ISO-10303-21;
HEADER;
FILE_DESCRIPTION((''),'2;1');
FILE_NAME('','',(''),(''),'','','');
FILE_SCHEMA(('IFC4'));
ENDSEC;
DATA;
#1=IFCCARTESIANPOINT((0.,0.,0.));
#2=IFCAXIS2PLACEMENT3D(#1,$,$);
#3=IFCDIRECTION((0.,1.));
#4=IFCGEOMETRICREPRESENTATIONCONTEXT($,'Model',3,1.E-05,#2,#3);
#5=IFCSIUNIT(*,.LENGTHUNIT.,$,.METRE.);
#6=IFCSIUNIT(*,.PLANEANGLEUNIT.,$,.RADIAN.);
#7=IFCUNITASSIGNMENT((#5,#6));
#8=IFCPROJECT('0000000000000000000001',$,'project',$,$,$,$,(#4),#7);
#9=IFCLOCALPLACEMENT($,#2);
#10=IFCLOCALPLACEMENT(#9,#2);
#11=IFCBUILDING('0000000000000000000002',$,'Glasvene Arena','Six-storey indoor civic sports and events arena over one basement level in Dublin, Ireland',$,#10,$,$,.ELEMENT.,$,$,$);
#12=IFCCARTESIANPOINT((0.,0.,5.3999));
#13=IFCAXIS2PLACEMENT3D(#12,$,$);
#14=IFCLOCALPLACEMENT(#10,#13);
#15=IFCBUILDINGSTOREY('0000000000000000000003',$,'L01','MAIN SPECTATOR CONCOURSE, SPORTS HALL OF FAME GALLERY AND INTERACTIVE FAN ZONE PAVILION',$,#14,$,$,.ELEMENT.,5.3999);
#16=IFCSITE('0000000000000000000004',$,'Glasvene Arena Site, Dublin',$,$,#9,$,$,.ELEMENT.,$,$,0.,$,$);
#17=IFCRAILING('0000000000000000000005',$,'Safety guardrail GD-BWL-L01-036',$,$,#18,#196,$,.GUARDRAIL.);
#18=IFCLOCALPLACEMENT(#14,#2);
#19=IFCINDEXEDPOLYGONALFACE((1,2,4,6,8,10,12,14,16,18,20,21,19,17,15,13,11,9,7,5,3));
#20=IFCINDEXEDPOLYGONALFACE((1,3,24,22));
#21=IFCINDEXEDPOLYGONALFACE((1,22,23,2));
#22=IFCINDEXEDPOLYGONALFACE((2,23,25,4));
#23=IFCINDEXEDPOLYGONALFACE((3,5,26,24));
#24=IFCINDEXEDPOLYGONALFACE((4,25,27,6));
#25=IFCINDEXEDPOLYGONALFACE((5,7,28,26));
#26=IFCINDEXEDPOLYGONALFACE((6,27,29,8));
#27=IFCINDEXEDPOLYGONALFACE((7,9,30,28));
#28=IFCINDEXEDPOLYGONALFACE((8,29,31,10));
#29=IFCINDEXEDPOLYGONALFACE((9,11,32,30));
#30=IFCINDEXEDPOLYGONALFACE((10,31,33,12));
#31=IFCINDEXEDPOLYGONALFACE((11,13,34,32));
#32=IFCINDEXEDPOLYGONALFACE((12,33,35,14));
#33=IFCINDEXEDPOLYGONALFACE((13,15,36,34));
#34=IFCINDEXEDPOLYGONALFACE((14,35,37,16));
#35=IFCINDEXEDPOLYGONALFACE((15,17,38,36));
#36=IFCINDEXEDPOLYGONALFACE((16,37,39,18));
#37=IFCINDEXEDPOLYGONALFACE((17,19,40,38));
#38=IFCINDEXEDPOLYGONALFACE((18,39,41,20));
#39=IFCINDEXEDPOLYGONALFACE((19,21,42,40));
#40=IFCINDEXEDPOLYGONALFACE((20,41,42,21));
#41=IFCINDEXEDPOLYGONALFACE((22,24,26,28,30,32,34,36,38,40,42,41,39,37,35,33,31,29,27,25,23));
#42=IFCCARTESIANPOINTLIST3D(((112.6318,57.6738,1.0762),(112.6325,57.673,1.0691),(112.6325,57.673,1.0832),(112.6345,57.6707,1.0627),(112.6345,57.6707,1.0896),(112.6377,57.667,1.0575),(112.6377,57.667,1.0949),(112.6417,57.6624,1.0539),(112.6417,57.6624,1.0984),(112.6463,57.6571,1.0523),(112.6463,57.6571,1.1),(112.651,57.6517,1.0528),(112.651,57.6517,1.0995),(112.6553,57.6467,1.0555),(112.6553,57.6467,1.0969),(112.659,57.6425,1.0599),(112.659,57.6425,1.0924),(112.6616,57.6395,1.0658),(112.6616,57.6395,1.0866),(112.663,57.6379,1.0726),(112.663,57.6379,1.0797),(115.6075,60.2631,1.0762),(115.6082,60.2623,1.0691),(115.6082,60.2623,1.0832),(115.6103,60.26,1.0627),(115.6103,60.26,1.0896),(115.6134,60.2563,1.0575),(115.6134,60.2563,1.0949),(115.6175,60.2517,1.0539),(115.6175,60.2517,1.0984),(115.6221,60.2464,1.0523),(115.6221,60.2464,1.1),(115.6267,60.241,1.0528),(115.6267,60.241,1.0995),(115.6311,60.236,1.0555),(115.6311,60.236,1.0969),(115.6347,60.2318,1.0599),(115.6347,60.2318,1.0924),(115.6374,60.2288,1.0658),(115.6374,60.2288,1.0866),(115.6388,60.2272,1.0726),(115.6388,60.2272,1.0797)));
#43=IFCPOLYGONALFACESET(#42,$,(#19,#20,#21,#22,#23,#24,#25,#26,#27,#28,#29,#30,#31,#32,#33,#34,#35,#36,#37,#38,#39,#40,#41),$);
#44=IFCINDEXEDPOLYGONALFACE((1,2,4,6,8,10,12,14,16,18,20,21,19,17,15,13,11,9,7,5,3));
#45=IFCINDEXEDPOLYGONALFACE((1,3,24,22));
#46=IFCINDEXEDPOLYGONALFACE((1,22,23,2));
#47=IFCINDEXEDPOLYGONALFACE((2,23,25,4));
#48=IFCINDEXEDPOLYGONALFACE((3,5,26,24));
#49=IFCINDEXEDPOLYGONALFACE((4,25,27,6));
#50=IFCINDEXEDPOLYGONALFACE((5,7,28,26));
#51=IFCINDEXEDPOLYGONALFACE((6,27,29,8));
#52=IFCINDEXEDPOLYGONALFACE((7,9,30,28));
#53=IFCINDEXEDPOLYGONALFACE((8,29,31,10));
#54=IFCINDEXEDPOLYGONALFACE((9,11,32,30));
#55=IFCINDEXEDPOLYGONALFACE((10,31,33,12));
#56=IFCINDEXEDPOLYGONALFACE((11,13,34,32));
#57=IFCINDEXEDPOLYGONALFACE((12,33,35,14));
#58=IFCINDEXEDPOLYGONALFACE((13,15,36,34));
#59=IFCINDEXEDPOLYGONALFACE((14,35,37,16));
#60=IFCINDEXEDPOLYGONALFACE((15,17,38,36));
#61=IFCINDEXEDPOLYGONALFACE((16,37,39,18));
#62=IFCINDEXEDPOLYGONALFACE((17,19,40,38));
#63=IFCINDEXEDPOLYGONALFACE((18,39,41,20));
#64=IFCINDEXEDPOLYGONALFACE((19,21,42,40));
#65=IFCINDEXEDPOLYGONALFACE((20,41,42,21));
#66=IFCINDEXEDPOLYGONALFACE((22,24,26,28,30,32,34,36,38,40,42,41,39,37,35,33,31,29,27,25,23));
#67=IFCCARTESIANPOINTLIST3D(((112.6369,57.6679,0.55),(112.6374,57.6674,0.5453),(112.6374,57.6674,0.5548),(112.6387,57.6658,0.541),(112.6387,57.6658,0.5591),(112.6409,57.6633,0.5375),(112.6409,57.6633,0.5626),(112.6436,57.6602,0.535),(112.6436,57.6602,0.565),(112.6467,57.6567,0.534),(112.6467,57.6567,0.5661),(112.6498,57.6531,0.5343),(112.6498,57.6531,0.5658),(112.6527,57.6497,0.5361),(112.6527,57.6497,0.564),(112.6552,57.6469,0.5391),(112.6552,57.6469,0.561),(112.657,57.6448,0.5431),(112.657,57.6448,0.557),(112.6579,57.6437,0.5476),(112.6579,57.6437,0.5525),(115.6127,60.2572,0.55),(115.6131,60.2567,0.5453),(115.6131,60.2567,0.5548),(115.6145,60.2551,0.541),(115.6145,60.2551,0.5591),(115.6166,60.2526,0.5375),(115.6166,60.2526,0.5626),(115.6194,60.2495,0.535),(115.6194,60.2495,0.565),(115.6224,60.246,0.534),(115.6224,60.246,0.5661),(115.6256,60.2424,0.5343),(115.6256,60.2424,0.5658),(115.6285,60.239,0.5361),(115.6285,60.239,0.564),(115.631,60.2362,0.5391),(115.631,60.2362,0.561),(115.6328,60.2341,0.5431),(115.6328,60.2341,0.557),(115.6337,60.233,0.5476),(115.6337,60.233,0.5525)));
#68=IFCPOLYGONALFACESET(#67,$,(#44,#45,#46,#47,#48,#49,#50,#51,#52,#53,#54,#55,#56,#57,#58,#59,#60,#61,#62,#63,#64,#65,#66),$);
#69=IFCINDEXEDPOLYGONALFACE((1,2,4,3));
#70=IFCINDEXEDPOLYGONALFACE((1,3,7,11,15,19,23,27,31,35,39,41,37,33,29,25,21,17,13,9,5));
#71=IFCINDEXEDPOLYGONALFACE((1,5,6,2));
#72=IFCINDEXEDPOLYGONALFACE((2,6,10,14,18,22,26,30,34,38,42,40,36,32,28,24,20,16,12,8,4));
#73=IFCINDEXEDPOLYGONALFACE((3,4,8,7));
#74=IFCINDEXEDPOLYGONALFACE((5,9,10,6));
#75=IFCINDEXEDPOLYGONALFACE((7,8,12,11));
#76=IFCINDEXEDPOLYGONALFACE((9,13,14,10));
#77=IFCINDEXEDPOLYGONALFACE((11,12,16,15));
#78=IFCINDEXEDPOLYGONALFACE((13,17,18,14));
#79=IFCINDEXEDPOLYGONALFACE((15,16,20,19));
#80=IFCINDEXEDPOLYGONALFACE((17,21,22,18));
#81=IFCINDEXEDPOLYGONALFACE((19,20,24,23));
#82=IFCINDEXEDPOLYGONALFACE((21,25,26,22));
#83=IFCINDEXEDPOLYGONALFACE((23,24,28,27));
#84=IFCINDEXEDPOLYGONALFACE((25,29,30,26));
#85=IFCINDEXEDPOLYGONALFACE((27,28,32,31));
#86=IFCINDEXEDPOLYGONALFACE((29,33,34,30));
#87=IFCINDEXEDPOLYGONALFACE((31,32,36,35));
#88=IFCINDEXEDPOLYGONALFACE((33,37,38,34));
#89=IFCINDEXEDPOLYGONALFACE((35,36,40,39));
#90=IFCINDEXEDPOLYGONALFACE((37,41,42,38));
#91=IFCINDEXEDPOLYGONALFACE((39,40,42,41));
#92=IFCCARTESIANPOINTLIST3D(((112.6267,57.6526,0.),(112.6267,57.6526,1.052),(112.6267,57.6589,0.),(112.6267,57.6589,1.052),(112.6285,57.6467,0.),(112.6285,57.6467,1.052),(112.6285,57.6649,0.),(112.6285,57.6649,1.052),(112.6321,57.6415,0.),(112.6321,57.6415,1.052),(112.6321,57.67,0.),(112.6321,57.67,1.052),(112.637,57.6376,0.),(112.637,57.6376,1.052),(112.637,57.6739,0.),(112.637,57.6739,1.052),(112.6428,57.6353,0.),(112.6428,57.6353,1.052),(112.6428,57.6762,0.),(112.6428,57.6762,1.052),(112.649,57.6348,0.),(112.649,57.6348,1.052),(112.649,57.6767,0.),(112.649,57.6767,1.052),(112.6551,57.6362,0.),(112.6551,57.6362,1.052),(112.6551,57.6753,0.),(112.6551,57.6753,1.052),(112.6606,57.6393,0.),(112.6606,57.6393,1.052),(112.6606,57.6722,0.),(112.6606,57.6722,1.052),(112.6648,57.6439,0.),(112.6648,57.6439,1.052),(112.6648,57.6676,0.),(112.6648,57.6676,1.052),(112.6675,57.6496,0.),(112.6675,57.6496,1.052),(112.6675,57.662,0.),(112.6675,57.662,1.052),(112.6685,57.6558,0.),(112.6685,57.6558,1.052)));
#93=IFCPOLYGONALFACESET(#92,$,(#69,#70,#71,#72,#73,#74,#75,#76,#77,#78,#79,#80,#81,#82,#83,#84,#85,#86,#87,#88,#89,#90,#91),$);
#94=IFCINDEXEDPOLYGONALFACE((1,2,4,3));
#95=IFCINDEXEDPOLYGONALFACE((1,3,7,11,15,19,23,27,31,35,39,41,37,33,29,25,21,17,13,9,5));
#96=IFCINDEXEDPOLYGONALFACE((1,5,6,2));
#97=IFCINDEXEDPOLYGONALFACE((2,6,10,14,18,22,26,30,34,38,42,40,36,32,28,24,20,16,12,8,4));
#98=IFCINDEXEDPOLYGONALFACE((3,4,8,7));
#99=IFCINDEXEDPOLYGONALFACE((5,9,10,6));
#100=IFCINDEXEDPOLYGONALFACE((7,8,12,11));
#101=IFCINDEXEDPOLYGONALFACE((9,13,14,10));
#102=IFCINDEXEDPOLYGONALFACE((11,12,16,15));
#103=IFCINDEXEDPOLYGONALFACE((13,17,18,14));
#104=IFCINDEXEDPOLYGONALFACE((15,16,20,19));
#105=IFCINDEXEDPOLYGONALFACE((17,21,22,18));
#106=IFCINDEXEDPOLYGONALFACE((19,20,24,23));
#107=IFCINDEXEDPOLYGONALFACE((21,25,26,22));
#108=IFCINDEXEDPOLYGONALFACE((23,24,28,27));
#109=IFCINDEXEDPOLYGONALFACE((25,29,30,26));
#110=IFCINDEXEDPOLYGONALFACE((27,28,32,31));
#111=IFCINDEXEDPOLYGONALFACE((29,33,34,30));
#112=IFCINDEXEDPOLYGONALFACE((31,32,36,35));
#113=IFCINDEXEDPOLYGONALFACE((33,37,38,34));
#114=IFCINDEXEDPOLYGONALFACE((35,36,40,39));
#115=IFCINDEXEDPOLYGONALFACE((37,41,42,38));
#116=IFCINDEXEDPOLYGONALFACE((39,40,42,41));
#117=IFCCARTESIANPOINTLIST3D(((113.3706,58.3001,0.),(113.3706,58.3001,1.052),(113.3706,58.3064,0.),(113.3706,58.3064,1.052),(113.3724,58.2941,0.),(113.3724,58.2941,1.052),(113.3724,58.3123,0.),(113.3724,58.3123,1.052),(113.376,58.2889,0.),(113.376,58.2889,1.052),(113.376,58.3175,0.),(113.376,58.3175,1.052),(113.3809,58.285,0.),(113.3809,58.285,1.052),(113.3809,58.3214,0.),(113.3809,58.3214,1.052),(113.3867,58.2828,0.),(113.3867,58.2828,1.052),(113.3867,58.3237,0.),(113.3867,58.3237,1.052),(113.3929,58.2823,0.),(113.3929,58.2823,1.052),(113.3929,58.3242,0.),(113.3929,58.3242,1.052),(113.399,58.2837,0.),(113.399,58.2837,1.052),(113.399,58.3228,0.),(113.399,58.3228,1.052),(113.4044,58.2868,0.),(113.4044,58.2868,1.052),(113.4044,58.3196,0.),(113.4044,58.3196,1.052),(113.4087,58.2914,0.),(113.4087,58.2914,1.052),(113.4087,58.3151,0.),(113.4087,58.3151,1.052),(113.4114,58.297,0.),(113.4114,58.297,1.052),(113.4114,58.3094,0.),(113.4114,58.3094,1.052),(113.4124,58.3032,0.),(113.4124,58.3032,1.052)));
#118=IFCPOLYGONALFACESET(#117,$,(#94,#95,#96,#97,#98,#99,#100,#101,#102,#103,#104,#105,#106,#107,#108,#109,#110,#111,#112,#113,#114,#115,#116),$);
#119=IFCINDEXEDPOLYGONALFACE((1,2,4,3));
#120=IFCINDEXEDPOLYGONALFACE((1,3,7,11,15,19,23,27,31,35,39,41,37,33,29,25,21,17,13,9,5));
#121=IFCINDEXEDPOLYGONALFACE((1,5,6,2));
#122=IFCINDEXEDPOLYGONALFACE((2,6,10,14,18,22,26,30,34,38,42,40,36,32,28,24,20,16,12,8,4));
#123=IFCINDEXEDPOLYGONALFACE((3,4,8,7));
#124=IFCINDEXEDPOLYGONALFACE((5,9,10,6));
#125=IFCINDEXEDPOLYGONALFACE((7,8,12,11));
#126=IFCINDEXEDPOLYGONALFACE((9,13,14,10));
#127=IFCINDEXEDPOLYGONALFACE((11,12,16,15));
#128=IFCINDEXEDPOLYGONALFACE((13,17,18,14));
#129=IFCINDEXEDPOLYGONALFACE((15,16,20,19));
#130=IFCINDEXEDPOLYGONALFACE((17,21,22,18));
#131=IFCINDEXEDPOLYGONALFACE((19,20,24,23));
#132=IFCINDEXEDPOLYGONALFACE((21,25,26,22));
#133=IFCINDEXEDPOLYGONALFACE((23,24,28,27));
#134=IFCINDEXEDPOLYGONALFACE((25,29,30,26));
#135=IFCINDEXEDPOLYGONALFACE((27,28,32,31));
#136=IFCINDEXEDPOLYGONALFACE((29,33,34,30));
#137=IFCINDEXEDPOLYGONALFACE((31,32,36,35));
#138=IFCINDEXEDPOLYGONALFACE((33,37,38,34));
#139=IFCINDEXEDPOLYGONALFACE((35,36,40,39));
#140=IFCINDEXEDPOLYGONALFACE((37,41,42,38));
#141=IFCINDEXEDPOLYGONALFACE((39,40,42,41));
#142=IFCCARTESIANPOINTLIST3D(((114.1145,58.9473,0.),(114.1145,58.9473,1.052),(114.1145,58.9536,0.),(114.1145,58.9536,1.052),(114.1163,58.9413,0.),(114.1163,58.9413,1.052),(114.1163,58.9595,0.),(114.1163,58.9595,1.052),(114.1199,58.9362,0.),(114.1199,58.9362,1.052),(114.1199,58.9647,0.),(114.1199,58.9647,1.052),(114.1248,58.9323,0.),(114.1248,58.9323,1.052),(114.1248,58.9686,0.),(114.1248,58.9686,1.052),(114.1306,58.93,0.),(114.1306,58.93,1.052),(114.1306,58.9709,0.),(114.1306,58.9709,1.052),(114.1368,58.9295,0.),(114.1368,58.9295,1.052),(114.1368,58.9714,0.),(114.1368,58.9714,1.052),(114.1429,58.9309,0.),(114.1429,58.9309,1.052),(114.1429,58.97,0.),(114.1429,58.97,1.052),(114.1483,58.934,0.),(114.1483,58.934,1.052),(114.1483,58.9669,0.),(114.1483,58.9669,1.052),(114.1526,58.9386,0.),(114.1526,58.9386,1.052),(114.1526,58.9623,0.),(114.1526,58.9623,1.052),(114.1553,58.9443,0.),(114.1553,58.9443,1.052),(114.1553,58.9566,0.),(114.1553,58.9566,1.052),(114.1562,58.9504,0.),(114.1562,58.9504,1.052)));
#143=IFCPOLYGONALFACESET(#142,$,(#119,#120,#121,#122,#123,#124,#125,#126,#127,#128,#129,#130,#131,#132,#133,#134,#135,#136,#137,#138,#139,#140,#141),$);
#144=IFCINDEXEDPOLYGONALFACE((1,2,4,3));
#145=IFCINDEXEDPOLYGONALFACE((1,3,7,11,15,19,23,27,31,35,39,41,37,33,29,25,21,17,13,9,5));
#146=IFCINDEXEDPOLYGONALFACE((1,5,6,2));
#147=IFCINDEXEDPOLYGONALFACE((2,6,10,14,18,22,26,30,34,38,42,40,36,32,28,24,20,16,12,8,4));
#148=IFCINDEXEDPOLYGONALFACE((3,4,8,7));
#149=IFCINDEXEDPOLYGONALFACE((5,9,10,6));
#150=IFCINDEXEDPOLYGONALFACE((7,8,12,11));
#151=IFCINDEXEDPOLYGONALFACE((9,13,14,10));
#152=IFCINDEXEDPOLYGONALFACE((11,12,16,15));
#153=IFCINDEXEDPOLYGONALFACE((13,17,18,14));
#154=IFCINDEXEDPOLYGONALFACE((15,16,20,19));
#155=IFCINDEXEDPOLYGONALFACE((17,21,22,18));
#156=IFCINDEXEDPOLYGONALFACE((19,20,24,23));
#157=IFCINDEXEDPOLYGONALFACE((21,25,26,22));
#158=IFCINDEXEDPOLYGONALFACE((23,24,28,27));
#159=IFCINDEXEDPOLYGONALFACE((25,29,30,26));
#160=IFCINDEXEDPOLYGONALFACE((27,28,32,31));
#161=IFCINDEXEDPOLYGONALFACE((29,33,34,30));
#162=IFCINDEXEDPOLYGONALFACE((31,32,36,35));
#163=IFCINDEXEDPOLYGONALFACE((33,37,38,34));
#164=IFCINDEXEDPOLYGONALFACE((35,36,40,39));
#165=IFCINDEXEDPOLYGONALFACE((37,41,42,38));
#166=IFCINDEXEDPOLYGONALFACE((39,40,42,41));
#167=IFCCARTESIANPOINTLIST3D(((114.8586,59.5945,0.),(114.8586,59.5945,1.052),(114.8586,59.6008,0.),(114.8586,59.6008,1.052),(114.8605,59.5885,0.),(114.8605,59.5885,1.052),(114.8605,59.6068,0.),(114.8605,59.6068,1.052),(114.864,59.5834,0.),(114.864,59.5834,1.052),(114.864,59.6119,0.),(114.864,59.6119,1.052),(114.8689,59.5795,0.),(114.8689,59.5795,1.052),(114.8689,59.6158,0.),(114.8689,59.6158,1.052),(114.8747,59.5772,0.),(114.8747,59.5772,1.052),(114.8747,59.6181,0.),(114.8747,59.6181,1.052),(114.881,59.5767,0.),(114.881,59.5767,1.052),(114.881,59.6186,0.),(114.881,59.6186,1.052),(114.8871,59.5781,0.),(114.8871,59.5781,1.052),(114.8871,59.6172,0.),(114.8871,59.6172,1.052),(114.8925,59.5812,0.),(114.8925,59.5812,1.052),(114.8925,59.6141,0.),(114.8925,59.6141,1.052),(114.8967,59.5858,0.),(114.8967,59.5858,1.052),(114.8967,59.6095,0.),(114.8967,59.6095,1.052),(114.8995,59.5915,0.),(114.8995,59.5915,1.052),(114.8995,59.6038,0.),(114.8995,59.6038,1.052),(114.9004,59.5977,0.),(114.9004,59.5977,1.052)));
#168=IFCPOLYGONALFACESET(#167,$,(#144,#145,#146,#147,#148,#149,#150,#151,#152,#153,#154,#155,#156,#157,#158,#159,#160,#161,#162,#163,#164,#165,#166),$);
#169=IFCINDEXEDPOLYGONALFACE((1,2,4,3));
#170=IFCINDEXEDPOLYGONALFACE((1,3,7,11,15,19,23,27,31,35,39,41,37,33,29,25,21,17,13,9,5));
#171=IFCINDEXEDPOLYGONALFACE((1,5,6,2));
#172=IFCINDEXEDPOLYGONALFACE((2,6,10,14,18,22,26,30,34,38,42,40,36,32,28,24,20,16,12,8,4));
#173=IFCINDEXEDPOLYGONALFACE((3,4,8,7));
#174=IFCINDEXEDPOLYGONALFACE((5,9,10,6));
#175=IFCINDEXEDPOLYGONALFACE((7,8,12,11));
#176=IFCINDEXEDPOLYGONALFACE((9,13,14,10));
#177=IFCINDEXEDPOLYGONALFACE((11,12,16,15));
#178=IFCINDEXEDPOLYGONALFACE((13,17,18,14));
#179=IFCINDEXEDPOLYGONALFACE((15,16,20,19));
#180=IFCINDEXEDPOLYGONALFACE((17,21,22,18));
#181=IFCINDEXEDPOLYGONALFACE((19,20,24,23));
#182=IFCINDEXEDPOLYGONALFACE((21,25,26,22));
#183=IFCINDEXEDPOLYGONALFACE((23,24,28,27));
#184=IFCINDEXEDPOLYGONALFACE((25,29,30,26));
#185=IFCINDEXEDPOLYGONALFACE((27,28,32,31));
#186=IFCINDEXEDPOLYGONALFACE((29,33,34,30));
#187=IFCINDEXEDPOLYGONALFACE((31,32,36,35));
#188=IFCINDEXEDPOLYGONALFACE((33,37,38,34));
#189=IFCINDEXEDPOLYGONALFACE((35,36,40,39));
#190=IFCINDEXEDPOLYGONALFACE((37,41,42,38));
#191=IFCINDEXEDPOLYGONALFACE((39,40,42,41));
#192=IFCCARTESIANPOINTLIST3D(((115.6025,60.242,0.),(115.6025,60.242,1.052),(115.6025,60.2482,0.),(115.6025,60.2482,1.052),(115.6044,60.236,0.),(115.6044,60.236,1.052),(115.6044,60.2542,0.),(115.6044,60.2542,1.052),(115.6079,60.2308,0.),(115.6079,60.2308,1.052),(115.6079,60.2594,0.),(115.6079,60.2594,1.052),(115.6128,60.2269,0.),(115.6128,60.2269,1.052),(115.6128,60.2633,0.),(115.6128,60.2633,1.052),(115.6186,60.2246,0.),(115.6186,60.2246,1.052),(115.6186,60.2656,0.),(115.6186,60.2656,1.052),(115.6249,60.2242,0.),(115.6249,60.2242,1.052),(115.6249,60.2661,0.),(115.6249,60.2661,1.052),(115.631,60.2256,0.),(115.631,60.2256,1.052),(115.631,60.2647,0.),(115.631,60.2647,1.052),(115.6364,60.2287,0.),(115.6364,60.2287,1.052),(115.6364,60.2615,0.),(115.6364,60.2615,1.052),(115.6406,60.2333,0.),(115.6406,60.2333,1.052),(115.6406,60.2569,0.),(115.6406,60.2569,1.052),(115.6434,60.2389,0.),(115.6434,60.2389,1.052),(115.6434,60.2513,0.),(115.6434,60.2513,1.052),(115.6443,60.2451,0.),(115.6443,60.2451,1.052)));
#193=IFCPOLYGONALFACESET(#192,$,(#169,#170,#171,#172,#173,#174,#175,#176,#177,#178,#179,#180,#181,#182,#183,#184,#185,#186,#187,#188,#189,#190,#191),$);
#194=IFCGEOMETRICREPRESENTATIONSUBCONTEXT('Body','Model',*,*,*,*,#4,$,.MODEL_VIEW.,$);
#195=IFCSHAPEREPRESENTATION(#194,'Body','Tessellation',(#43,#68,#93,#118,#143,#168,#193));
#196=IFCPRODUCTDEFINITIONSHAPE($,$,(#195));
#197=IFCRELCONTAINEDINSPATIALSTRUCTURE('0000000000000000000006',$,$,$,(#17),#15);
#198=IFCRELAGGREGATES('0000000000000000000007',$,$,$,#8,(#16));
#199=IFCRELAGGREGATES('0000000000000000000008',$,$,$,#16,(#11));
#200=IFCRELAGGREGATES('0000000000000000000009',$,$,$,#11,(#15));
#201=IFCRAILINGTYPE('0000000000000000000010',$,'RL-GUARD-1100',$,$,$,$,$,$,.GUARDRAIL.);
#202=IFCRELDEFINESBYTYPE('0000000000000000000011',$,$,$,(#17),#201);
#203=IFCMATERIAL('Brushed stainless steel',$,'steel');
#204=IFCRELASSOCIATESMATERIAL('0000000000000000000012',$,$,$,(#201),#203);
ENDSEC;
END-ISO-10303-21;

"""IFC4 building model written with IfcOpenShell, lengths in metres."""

from ifc_helpers import new_model, si_unit, direction, frame, origin, origin_2d, place, context, subcontext, project, spatial, circle, extrude, material, type_object, element, save


model = new_model("IFC4")

# Units and contexts
model_context = context("Model", 3, precision=1e-05, world=origin(), true_north=direction((0.0, 1.0)))
body_context = subcontext(model_context, "Body", "Model", "MODEL_VIEW")
ifc_project = project(units=[si_unit("LENGTHUNIT", "METRE"), si_unit("PLANEANGLEUNIT", "RADIAN")], contexts=[model_context])

# Site, building, storey
site_placement = place(None, origin())
site = spatial("IfcSite", under=ifc_project, at=site_placement, Name="Glasvene Arena Site, Dublin", CompositionType="ELEMENT", RefElevation=0.0)
building_placement = place(site_placement, origin())
building = spatial("IfcBuilding", under=site, at=building_placement, Name="Glasvene Arena", Description="Six-storey indoor civic sports and events arena over one basement level in Dublin, Ireland", CompositionType="ELEMENT")
storey_placement = place(building_placement, frame((0.0, 0.0, 5.3999)))
storey = spatial("IfcBuildingStorey", under=building, at=storey_placement, Name="L01", Description="MAIN SPECTATOR CONCOURSE, SPORTS HALL OF FAME GALLERY AND INTERACTIVE FAN ZONE PAVILION", CompositionType="ELEMENT", Elevation=5.3999)

# Railing
ifc_material_1 = material(Name="Brushed stainless steel", Category="steel")
railing_type = type_object("IfcRailingType", Name="RL-GUARD-1100", PredefinedType="GUARDRAIL", material=ifc_material_1)
railing_1_placement = place(storey_placement, frame((112.6475, 57.6558, 0.0)))
element("IfcRailing", 1, at=railing_1_placement, inside=storey, type_object=railing_type, Name="Safety guardrail GD-BWL-L01-036", PredefinedType="GUARDRAIL", context=body_context, shape_type="SweptSolid", body=[
    extrude(circle(Radius=0.0239, at=origin_2d()), frame((0.0, 0.0, 1.0762), z_axis=(0.754395, 0.656421, 0.0), x_axis=(-0.656421, 0.754395, 0.0)), (0.0, 0.0, 1.0), 3.9446),
    extrude(circle(Radius=0.0161, at=origin_2d()), frame((0.0, 0.0, 0.55), z_axis=(0.754395, 0.656421, 0.0), x_axis=(-0.656421, 0.754395, 0.0)), (0.0, 0.0, 1.0), 3.9446),
    extrude(circle(Radius=0.021, at=origin_2d()), origin(), (0.0, 0.0, 1.0), 1.052),
    extrude(circle(Radius=0.021, at=origin_2d()), frame((0.7439, 0.6475, 0.0)), (0.0, 0.0, 1.0), 1.052),
    extrude(circle(Radius=0.021, at=origin_2d()), frame((1.4878, 1.2947, 0.0)), (0.0, 0.0, 1.0), 1.052),
    extrude(circle(Radius=0.021, at=origin_2d()), frame((2.2319, 1.9419, 0.0)), (0.0, 0.0, 1.0), 1.052),
    extrude(circle(Radius=0.021, at=origin_2d()), frame((2.9758, 2.5894, 0.0)), (0.0, 0.0, 1.0), 1.052),
])

save(model, "model.ifc")
